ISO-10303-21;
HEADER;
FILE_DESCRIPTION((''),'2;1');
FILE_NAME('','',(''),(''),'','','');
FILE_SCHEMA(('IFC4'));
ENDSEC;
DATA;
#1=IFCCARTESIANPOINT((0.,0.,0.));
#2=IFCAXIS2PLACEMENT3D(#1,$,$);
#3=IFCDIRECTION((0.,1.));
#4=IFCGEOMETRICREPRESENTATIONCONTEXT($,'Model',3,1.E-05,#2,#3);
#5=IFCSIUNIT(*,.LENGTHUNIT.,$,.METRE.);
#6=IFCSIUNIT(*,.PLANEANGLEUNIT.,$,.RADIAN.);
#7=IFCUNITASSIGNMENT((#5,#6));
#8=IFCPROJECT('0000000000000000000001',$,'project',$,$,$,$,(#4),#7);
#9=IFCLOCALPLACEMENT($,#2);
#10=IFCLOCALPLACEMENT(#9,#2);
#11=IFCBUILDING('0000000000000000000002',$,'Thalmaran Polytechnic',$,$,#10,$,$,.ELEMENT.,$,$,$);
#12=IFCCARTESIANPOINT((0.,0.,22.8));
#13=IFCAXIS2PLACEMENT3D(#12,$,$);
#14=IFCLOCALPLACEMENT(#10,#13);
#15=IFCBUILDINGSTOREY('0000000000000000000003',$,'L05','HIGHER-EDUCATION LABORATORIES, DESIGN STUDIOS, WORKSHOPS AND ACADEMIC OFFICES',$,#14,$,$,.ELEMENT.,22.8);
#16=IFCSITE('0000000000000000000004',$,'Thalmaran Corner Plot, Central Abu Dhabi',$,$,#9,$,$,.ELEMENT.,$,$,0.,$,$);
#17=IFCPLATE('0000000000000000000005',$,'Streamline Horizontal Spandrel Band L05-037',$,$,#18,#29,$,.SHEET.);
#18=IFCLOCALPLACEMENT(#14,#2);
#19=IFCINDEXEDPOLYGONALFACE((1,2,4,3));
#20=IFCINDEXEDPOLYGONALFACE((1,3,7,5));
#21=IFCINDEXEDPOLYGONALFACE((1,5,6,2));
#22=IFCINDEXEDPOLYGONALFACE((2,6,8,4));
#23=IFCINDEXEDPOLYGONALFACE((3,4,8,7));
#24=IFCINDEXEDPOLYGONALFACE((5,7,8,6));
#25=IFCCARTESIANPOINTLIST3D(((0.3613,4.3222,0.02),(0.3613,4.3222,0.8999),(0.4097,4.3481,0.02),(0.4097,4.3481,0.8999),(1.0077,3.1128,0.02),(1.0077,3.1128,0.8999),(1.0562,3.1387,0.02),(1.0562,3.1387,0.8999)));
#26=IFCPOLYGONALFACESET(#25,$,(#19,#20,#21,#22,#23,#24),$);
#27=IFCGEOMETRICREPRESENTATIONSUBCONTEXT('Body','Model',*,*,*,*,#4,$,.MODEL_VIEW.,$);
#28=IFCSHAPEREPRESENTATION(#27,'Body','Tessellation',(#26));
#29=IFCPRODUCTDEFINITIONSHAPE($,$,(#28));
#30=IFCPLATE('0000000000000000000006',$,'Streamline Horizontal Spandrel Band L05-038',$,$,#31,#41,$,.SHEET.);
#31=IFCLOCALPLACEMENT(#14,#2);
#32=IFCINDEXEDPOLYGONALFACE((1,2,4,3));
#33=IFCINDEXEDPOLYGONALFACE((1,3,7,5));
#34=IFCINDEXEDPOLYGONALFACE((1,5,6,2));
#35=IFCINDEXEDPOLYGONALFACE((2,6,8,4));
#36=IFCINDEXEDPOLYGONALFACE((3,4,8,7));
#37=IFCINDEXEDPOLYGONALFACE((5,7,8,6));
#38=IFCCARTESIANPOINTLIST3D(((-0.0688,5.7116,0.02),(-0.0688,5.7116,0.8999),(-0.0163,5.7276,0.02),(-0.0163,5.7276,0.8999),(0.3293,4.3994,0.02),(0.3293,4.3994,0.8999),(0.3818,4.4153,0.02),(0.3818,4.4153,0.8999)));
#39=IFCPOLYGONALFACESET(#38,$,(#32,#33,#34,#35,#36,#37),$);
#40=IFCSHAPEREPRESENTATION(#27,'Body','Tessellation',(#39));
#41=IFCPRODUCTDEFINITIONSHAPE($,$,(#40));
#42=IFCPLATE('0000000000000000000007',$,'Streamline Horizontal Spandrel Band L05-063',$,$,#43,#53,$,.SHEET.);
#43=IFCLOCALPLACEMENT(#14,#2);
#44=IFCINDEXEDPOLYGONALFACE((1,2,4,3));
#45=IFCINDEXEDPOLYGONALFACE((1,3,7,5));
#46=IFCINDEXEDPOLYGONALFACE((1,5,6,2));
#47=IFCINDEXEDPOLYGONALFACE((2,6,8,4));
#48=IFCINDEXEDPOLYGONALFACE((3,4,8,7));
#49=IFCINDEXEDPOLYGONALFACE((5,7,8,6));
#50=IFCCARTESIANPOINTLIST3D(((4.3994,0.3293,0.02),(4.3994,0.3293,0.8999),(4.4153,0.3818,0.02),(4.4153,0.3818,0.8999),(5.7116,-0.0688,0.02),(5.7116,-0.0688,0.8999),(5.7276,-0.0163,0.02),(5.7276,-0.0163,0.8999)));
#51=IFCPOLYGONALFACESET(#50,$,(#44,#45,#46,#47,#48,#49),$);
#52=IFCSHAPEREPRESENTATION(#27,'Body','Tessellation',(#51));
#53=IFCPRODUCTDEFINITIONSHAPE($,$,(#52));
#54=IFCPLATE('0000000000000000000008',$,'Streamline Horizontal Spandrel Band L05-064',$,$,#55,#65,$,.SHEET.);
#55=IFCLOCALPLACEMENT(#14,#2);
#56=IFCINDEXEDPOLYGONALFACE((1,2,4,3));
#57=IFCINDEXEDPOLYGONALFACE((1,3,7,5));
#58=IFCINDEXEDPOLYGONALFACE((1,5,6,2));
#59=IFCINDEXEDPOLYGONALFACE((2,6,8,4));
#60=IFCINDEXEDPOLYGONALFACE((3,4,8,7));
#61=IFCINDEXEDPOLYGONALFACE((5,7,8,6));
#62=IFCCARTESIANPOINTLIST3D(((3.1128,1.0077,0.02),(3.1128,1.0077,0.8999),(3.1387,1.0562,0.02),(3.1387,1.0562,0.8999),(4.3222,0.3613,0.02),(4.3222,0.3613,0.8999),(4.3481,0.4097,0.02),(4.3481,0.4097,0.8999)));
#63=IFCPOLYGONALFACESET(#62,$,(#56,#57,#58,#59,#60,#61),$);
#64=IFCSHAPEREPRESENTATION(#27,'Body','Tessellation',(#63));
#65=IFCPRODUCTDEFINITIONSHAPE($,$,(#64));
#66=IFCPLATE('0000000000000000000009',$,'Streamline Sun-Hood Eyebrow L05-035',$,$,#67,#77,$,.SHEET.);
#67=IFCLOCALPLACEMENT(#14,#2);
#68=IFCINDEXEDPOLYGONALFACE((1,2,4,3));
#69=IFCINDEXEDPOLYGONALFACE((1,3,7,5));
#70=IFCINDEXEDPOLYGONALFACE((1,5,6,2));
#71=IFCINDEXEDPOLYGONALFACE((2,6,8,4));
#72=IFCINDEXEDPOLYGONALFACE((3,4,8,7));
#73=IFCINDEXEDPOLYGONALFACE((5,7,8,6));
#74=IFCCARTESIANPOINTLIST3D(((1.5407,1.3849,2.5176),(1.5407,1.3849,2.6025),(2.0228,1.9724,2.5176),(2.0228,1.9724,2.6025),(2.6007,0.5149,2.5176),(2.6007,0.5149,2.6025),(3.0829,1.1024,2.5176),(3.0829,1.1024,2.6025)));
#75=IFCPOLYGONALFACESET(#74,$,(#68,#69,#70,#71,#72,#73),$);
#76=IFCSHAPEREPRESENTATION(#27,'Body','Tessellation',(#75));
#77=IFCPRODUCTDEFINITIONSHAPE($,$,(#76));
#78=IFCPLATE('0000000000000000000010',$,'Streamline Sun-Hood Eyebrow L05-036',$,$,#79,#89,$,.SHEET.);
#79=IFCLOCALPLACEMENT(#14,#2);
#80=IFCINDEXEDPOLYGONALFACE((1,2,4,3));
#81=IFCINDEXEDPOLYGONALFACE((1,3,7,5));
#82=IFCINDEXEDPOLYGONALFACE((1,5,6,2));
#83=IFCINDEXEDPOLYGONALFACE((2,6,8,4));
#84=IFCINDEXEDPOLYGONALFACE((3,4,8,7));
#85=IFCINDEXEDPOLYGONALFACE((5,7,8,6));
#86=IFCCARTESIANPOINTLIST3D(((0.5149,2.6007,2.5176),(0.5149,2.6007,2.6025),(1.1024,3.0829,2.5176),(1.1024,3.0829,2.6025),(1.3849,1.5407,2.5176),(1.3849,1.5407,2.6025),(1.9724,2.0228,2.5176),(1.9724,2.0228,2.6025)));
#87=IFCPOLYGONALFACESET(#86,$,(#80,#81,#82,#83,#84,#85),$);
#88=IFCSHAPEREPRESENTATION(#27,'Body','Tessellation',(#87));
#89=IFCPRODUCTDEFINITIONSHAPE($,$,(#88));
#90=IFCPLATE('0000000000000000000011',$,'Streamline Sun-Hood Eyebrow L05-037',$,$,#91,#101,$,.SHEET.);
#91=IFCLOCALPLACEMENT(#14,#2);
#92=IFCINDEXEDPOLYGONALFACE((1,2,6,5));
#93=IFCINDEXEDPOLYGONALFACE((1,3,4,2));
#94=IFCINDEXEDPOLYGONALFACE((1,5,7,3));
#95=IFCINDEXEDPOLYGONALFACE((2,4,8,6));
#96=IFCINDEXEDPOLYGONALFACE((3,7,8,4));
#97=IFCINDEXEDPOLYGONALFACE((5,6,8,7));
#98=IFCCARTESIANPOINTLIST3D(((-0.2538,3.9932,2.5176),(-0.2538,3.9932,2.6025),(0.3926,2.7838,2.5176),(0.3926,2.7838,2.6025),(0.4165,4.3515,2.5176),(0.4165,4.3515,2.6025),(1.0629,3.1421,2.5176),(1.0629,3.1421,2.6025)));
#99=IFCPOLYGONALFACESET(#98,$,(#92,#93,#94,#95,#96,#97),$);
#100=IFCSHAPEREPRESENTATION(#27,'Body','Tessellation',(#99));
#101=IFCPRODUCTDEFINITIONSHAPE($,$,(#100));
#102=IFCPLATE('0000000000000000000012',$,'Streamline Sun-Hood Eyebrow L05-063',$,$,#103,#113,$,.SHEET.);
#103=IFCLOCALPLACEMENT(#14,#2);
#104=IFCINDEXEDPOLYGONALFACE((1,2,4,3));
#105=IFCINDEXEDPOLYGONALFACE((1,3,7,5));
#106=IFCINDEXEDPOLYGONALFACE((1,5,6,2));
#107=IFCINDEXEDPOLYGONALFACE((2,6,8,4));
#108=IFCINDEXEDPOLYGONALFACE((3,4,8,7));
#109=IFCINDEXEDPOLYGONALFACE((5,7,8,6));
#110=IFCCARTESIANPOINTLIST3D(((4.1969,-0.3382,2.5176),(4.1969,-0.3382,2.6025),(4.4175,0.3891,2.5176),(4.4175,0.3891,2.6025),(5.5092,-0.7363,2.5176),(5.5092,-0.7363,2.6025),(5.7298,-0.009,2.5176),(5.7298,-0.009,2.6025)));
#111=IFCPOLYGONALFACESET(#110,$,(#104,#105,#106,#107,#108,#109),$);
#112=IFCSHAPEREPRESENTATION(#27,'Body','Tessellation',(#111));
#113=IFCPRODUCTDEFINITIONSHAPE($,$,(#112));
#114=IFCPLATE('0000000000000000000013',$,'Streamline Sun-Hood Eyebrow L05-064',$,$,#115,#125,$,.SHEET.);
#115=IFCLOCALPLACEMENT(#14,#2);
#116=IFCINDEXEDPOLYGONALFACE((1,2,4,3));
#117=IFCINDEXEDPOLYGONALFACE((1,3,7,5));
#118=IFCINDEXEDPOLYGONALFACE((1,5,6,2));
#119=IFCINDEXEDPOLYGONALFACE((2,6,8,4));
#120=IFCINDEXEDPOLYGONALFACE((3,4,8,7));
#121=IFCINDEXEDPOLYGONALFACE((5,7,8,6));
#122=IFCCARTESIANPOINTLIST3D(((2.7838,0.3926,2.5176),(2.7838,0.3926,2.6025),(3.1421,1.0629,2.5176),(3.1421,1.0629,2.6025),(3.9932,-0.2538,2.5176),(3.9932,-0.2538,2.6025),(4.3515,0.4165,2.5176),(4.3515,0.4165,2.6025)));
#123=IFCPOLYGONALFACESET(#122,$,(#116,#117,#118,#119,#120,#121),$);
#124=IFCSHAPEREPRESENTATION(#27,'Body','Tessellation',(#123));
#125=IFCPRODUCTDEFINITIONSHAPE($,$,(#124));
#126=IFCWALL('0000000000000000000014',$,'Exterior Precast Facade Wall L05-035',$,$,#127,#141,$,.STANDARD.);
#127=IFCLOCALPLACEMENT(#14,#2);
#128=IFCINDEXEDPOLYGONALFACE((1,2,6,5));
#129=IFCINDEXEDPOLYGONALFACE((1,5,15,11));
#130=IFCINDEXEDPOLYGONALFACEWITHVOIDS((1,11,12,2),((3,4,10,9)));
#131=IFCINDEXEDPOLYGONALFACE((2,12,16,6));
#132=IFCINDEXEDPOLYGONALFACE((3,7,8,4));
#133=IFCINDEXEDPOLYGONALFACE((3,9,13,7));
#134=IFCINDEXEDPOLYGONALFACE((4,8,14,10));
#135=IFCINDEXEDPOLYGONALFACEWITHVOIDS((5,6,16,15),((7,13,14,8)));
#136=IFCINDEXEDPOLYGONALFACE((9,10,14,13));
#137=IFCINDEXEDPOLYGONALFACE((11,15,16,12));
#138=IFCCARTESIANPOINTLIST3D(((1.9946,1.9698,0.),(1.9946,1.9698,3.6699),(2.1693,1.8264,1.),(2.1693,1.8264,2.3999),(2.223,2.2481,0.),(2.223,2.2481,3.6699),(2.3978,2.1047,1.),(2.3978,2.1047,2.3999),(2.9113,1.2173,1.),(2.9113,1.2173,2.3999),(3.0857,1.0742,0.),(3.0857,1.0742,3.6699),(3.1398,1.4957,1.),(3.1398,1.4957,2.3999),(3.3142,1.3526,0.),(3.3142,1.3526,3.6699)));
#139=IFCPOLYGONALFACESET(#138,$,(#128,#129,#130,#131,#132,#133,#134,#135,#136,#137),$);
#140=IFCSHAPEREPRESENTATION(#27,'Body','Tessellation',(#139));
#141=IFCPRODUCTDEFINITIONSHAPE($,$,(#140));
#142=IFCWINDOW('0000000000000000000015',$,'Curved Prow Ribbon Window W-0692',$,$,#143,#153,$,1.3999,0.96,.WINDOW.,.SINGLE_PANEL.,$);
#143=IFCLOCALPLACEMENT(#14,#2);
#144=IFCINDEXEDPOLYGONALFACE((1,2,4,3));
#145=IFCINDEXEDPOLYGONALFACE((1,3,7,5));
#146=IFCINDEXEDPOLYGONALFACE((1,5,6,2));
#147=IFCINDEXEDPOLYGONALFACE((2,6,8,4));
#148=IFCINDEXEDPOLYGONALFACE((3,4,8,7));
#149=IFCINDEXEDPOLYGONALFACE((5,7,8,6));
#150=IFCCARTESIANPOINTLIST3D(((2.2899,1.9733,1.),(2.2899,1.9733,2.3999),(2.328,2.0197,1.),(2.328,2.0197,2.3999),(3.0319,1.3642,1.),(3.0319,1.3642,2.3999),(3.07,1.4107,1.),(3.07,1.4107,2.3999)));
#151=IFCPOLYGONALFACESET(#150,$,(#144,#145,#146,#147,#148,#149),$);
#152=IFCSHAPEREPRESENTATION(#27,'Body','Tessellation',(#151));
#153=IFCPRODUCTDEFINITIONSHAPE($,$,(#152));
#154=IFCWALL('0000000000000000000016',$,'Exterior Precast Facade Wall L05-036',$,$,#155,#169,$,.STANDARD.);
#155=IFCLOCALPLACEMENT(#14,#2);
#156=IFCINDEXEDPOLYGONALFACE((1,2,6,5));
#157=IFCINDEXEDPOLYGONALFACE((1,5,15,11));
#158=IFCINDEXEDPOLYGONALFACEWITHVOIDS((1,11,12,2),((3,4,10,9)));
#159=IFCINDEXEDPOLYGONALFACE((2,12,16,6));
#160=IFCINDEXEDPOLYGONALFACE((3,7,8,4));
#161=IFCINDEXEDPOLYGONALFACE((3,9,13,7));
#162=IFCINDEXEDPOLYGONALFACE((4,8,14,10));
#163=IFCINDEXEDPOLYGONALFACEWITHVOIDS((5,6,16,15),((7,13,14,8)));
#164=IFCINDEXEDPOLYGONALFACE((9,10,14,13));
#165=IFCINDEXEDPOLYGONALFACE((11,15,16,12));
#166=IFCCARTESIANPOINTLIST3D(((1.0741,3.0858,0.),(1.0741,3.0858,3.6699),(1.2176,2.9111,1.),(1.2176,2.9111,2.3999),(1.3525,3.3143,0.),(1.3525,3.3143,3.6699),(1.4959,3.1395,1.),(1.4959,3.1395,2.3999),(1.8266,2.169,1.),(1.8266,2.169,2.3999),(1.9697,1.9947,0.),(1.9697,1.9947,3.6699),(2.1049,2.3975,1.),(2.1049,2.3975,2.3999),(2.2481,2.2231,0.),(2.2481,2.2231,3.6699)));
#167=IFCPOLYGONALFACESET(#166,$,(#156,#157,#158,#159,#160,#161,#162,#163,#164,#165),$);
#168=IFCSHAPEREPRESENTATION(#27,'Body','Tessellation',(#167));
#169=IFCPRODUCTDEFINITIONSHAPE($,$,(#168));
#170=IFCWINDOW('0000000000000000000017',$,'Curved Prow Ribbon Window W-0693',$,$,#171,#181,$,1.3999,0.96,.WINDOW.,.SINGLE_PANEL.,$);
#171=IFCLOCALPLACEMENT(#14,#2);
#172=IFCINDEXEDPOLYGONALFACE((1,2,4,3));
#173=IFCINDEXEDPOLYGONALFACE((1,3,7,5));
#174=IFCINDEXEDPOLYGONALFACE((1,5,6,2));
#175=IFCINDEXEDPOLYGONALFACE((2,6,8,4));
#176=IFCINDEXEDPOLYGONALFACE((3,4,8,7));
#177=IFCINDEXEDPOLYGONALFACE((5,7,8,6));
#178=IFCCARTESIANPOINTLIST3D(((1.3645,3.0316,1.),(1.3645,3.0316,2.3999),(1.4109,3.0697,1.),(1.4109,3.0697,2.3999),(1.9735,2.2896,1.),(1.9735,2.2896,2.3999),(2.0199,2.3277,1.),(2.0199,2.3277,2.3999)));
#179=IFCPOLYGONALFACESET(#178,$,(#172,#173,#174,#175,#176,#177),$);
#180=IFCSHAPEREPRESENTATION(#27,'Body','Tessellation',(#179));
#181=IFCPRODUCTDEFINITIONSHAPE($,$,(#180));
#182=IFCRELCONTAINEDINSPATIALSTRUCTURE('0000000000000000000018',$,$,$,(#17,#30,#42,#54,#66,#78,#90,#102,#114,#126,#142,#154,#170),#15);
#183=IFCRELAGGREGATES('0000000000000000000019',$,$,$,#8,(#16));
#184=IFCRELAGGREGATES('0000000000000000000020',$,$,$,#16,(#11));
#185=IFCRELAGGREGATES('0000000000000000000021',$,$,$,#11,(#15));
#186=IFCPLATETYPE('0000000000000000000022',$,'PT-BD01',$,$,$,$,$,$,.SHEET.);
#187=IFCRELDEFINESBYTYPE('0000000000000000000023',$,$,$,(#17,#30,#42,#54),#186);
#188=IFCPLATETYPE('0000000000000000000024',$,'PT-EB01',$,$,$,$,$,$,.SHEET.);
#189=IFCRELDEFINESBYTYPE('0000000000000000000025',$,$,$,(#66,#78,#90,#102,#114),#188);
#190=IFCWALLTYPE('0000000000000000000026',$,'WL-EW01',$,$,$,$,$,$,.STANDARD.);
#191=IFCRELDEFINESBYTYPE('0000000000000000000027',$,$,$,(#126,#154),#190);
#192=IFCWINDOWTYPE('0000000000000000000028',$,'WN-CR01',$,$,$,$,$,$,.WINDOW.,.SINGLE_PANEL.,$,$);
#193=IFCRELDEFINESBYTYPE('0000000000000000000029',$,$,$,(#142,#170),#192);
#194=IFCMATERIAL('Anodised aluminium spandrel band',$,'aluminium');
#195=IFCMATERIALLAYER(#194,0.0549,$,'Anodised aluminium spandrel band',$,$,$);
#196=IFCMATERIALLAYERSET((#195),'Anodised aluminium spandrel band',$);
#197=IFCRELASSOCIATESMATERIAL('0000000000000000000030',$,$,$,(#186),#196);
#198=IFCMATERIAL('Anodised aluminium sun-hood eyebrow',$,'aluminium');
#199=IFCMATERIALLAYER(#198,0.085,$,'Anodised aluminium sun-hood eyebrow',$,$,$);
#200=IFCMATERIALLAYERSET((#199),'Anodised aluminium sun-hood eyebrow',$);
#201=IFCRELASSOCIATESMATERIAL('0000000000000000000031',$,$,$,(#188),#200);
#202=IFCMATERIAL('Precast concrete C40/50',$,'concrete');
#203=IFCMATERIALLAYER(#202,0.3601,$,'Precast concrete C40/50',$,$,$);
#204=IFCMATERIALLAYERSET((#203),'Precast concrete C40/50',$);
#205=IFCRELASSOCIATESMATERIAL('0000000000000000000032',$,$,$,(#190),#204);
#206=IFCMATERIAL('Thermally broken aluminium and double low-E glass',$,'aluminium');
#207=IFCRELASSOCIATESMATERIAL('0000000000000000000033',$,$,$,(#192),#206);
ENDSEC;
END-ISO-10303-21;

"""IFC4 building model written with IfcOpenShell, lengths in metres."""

from ifc_helpers import new_model, si_unit, direction, frame, frame_2d, origin, origin_2d, place, context, subcontext, project, spatial, rectangle, extrude, material, layer, layer_set, type_object, element, fill, save


model = new_model("IFC4")

# Units and contexts
model_context = context("Model", 3, precision=1e-05, world=origin(), true_north=direction((0.0, 1.0)))
body_context = subcontext(model_context, "Body", "Model", "MODEL_VIEW")
ifc_project = project(units=[si_unit("LENGTHUNIT", "METRE"), si_unit("PLANEANGLEUNIT", "RADIAN")], contexts=[model_context])

# Site, building, storey
site_placement = place(None, origin())
site = spatial("IfcSite", under=ifc_project, at=site_placement, Name="Thalmaran Corner Plot, Central Abu Dhabi", CompositionType="ELEMENT", RefElevation=0.0)
building_placement = place(site_placement, origin())
building = spatial("IfcBuilding", under=site, at=building_placement, Name="Thalmaran Polytechnic", CompositionType="ELEMENT")
storey_placement = place(building_placement, frame((0.0, 0.0, 22.8)))
storey = spatial("IfcBuildingStorey", under=building, at=storey_placement, Name="L05", Description="HIGHER-EDUCATION LABORATORIES, DESIGN STUDIOS, WORKSHOPS AND ACADEMIC OFFICES", CompositionType="ELEMENT", Elevation=22.8)

# Plates
ifc_material_1 = material(Name="Anodised aluminium spandrel band", Category="aluminium")
ifc_layer_1 = layer(ifc_material_1, 0.0549, Name="Anodised aluminium spandrel band")
ifc_layer_set_1 = layer_set([ifc_layer_1], Name="Anodised aluminium spandrel band")
plate_type_1 = type_object("IfcPlateType", Name="PT-BD01", PredefinedType="SHEET", material=ifc_layer_set_1)
for number, where, z_axis, x_axis, name in (
    (1, (0.7087, 3.7305, 0.02), (0.0, 0.0, 1.0), (-0.471397, 0.881921, 0.0), "Streamline Horizontal Spandrel Band L05-037"),
    (2, (0.1565, 5.0635, 0.02), (0.0, 0.0, 1.0), (-0.290285, 0.95694, 0.0), "Streamline Horizontal Spandrel Band L05-038"),
    (3, (5.0635, 0.1565, 0.02), (0.0, 0.0, 1.0), (-0.95694, 0.290285, 0.0), "Streamline Horizontal Spandrel Band L05-063"),
    (4, (3.7305, 0.7087, 0.02), (0.0, 0.0, 1.0), (-0.881921, 0.471397, 0.0), "Streamline Horizontal Spandrel Band L05-064"),
):
    element("IfcPlate", number, at=place(storey_placement, frame(where, z_axis=z_axis, x_axis=x_axis)), inside=storey, type_object=plate_type_1, Name=name, PredefinedType="SHEET", context=body_context, shape_type="SweptSolid", body=[
        extrude(rectangle(XDim=1.3713, YDim=0.0549, at=origin_2d()), origin(), (0.0, 0.0, 1.0), 0.8799),
    ])
ifc_material_2 = material(Name="Anodised aluminium sun-hood eyebrow", Category="aluminium")
ifc_layer_2 = layer(ifc_material_2, 0.085, Name="Anodised aluminium sun-hood eyebrow")
ifc_layer_set_2 = layer_set([ifc_layer_2], Name="Anodised aluminium sun-hood eyebrow")
plate_type_2 = type_object("IfcPlateType", Name="PT-EB01", PredefinedType="SHEET", material=ifc_layer_set_2)
for number, where, z_axis, x_axis, name in (
    (5, (2.3118, 1.2437, 2.5176), (0.0, 0.0, 1.0), (-0.77301, 0.634393, 0.0), "Streamline Sun-Hood Eyebrow L05-035"),
    (6, (1.2437, 2.3118, 2.5176), (0.0, 0.0, 1.0), (-0.634393, 0.77301, 0.0), "Streamline Sun-Hood Eyebrow L05-036"),
    (7, (0.4045, 3.5676, 2.5176), (0.0, 0.0, 1.0), (-0.471397, 0.881921, 0.0), "Streamline Sun-Hood Eyebrow L05-037"),
    (8, (4.9634, -0.1736, 2.5176), (0.0, 0.0, 1.0), (-0.95694, 0.290285, 0.0), "Streamline Sun-Hood Eyebrow L05-063"),
    (9, (3.5676, 0.4045, 2.5176), (0.0, 0.0, 1.0), (-0.881921, 0.471397, 0.0), "Streamline Sun-Hood Eyebrow L05-064"),
):
    element("IfcPlate", number, at=place(storey_placement, frame(where, z_axis=z_axis, x_axis=x_axis)), inside=storey, type_object=plate_type_2, Name=name, PredefinedType="SHEET", context=body_context, shape_type="SweptSolid", body=[
        extrude(rectangle(XDim=1.3713, YDim=0.76, at=origin_2d()), origin(), (0.0, 0.0, 1.0), 0.085),
    ])

# Walls, openings, windows
ifc_material_3 = material(Name="Precast concrete C40/50", Category="concrete")
ifc_layer_3 = layer(ifc_material_3, 0.3601, Name="Precast concrete C40/50")
ifc_layer_set_3 = layer_set([ifc_layer_3], Name="Precast concrete C40/50")
wall_type_1 = type_object("IfcWallType", Name="WL-EW01", PredefinedType="STANDARD", material=ifc_layer_set_3)
wall_1_placement = place(storey_placement, frame((3.2, 1.2134, 0.0), z_axis=(0.0, 0.0, 1.0), x_axis=(-0.772978, 0.634433, 0.0)))
wall_1 = element("IfcWall", 10, at=wall_1_placement, inside=storey, type_object=wall_type_1, Name="Exterior Precast Facade Wall L05-035", PredefinedType="STANDARD", context=body_context, shape_type="SweptSolid", body=[
    extrude(rectangle(XDim=1.4116, YDim=0.3601, at=frame_2d((0.7058, 0.0))), origin(), (0.0, 0.0, 1.0), 3.6699),
])
opening_1_placement = place(wall_1_placement, frame((0.2256, 0.0, 1.0)))
opening_1 = element("IfcOpeningElement", 11, at=opening_1_placement, cuts=wall_1, PredefinedType="OPENING", context=body_context, shape_type="SweptSolid", body=[
    extrude(rectangle(XDim=0.96, YDim=1.3999, at=frame_2d((0.48, 0.7))), frame((0.0, 0.1899, 0.0), z_axis=(0.0, -1.0, 0.0), x_axis=(1.0, 0.0, 0.0)), (0.0, 0.0, 1.0), 0.3801),
])
ifc_material_4 = material(Name="Thermally broken aluminium and double low-E glass", Category="aluminium")
window_type = type_object("IfcWindowType", Name="WN-CR01", PartitioningType="SINGLE_PANEL", PredefinedType="WINDOW", material=ifc_material_4)
window_1_placement = place(opening_1_placement, origin())
window_1 = element("IfcWindow", 12, at=window_1_placement, inside=storey, type_object=window_type, Name="Curved Prow Ribbon Window W-0692", OverallHeight=1.3999, OverallWidth=0.96, PartitioningType="SINGLE_PANEL", PredefinedType="WINDOW", context=body_context, shape_type="SweptSolid", body=[
    extrude(rectangle(XDim=0.96, YDim=1.3999, at=frame_2d((0.48, 0.7))), frame((0.0, -0.01, 0.0), z_axis=(0.0, -1.0, 0.0), x_axis=(1.0, 0.0, 0.0)), (0.0, 0.0, 1.0), 0.0601),
])
fill(opening_1, window_1)
wall_2_placement = place(storey_placement, frame((2.1089, 2.1089, 0.0), z_axis=(0.0, 0.0, 1.0), x_axis=(-0.634433, 0.772978, 0.0)))
wall_2 = element("IfcWall", 13, at=wall_2_placement, inside=storey, type_object=wall_type_1, Name="Exterior Precast Facade Wall L05-036", PredefinedType="STANDARD", context=body_context, shape_type="SweptSolid", body=[
    extrude(rectangle(XDim=1.4116, YDim=0.3601, at=frame_2d((0.7058, 0.0))), origin(), (0.0, 0.0, 1.0), 3.6699),
])
opening_2_placement = place(wall_2_placement, frame((0.2256, 0.0, 1.0)))
opening_2 = element("IfcOpeningElement", 14, at=opening_2_placement, cuts=wall_2, PredefinedType="OPENING", context=body_context, shape_type="SweptSolid", body=[
    extrude(rectangle(XDim=0.96, YDim=1.3999, at=frame_2d((0.48, 0.7))), frame((0.0, 0.1899, 0.0), z_axis=(0.0, -1.0, 0.0), x_axis=(1.0, 0.0, 0.0)), (0.0, 0.0, 1.0), 0.3801),
])
window_2_placement = place(opening_2_placement, origin())
window_2 = element("IfcWindow", 15, at=window_2_placement, inside=storey, type_object=window_type, Name="Curved Prow Ribbon Window W-0693", OverallHeight=1.3999, OverallWidth=0.96, PartitioningType="SINGLE_PANEL", PredefinedType="WINDOW", context=body_context, shape_type="SweptSolid", body=[
    extrude(rectangle(XDim=0.96, YDim=1.3999, at=frame_2d((0.48, 0.7))), frame((0.0, -0.01, 0.0), z_axis=(0.0, -1.0, 0.0), x_axis=(1.0, 0.0, 0.0)), (0.0, 0.0, 1.0), 0.0601),
])
fill(opening_2, window_2)

save(model, "model.ifc")
